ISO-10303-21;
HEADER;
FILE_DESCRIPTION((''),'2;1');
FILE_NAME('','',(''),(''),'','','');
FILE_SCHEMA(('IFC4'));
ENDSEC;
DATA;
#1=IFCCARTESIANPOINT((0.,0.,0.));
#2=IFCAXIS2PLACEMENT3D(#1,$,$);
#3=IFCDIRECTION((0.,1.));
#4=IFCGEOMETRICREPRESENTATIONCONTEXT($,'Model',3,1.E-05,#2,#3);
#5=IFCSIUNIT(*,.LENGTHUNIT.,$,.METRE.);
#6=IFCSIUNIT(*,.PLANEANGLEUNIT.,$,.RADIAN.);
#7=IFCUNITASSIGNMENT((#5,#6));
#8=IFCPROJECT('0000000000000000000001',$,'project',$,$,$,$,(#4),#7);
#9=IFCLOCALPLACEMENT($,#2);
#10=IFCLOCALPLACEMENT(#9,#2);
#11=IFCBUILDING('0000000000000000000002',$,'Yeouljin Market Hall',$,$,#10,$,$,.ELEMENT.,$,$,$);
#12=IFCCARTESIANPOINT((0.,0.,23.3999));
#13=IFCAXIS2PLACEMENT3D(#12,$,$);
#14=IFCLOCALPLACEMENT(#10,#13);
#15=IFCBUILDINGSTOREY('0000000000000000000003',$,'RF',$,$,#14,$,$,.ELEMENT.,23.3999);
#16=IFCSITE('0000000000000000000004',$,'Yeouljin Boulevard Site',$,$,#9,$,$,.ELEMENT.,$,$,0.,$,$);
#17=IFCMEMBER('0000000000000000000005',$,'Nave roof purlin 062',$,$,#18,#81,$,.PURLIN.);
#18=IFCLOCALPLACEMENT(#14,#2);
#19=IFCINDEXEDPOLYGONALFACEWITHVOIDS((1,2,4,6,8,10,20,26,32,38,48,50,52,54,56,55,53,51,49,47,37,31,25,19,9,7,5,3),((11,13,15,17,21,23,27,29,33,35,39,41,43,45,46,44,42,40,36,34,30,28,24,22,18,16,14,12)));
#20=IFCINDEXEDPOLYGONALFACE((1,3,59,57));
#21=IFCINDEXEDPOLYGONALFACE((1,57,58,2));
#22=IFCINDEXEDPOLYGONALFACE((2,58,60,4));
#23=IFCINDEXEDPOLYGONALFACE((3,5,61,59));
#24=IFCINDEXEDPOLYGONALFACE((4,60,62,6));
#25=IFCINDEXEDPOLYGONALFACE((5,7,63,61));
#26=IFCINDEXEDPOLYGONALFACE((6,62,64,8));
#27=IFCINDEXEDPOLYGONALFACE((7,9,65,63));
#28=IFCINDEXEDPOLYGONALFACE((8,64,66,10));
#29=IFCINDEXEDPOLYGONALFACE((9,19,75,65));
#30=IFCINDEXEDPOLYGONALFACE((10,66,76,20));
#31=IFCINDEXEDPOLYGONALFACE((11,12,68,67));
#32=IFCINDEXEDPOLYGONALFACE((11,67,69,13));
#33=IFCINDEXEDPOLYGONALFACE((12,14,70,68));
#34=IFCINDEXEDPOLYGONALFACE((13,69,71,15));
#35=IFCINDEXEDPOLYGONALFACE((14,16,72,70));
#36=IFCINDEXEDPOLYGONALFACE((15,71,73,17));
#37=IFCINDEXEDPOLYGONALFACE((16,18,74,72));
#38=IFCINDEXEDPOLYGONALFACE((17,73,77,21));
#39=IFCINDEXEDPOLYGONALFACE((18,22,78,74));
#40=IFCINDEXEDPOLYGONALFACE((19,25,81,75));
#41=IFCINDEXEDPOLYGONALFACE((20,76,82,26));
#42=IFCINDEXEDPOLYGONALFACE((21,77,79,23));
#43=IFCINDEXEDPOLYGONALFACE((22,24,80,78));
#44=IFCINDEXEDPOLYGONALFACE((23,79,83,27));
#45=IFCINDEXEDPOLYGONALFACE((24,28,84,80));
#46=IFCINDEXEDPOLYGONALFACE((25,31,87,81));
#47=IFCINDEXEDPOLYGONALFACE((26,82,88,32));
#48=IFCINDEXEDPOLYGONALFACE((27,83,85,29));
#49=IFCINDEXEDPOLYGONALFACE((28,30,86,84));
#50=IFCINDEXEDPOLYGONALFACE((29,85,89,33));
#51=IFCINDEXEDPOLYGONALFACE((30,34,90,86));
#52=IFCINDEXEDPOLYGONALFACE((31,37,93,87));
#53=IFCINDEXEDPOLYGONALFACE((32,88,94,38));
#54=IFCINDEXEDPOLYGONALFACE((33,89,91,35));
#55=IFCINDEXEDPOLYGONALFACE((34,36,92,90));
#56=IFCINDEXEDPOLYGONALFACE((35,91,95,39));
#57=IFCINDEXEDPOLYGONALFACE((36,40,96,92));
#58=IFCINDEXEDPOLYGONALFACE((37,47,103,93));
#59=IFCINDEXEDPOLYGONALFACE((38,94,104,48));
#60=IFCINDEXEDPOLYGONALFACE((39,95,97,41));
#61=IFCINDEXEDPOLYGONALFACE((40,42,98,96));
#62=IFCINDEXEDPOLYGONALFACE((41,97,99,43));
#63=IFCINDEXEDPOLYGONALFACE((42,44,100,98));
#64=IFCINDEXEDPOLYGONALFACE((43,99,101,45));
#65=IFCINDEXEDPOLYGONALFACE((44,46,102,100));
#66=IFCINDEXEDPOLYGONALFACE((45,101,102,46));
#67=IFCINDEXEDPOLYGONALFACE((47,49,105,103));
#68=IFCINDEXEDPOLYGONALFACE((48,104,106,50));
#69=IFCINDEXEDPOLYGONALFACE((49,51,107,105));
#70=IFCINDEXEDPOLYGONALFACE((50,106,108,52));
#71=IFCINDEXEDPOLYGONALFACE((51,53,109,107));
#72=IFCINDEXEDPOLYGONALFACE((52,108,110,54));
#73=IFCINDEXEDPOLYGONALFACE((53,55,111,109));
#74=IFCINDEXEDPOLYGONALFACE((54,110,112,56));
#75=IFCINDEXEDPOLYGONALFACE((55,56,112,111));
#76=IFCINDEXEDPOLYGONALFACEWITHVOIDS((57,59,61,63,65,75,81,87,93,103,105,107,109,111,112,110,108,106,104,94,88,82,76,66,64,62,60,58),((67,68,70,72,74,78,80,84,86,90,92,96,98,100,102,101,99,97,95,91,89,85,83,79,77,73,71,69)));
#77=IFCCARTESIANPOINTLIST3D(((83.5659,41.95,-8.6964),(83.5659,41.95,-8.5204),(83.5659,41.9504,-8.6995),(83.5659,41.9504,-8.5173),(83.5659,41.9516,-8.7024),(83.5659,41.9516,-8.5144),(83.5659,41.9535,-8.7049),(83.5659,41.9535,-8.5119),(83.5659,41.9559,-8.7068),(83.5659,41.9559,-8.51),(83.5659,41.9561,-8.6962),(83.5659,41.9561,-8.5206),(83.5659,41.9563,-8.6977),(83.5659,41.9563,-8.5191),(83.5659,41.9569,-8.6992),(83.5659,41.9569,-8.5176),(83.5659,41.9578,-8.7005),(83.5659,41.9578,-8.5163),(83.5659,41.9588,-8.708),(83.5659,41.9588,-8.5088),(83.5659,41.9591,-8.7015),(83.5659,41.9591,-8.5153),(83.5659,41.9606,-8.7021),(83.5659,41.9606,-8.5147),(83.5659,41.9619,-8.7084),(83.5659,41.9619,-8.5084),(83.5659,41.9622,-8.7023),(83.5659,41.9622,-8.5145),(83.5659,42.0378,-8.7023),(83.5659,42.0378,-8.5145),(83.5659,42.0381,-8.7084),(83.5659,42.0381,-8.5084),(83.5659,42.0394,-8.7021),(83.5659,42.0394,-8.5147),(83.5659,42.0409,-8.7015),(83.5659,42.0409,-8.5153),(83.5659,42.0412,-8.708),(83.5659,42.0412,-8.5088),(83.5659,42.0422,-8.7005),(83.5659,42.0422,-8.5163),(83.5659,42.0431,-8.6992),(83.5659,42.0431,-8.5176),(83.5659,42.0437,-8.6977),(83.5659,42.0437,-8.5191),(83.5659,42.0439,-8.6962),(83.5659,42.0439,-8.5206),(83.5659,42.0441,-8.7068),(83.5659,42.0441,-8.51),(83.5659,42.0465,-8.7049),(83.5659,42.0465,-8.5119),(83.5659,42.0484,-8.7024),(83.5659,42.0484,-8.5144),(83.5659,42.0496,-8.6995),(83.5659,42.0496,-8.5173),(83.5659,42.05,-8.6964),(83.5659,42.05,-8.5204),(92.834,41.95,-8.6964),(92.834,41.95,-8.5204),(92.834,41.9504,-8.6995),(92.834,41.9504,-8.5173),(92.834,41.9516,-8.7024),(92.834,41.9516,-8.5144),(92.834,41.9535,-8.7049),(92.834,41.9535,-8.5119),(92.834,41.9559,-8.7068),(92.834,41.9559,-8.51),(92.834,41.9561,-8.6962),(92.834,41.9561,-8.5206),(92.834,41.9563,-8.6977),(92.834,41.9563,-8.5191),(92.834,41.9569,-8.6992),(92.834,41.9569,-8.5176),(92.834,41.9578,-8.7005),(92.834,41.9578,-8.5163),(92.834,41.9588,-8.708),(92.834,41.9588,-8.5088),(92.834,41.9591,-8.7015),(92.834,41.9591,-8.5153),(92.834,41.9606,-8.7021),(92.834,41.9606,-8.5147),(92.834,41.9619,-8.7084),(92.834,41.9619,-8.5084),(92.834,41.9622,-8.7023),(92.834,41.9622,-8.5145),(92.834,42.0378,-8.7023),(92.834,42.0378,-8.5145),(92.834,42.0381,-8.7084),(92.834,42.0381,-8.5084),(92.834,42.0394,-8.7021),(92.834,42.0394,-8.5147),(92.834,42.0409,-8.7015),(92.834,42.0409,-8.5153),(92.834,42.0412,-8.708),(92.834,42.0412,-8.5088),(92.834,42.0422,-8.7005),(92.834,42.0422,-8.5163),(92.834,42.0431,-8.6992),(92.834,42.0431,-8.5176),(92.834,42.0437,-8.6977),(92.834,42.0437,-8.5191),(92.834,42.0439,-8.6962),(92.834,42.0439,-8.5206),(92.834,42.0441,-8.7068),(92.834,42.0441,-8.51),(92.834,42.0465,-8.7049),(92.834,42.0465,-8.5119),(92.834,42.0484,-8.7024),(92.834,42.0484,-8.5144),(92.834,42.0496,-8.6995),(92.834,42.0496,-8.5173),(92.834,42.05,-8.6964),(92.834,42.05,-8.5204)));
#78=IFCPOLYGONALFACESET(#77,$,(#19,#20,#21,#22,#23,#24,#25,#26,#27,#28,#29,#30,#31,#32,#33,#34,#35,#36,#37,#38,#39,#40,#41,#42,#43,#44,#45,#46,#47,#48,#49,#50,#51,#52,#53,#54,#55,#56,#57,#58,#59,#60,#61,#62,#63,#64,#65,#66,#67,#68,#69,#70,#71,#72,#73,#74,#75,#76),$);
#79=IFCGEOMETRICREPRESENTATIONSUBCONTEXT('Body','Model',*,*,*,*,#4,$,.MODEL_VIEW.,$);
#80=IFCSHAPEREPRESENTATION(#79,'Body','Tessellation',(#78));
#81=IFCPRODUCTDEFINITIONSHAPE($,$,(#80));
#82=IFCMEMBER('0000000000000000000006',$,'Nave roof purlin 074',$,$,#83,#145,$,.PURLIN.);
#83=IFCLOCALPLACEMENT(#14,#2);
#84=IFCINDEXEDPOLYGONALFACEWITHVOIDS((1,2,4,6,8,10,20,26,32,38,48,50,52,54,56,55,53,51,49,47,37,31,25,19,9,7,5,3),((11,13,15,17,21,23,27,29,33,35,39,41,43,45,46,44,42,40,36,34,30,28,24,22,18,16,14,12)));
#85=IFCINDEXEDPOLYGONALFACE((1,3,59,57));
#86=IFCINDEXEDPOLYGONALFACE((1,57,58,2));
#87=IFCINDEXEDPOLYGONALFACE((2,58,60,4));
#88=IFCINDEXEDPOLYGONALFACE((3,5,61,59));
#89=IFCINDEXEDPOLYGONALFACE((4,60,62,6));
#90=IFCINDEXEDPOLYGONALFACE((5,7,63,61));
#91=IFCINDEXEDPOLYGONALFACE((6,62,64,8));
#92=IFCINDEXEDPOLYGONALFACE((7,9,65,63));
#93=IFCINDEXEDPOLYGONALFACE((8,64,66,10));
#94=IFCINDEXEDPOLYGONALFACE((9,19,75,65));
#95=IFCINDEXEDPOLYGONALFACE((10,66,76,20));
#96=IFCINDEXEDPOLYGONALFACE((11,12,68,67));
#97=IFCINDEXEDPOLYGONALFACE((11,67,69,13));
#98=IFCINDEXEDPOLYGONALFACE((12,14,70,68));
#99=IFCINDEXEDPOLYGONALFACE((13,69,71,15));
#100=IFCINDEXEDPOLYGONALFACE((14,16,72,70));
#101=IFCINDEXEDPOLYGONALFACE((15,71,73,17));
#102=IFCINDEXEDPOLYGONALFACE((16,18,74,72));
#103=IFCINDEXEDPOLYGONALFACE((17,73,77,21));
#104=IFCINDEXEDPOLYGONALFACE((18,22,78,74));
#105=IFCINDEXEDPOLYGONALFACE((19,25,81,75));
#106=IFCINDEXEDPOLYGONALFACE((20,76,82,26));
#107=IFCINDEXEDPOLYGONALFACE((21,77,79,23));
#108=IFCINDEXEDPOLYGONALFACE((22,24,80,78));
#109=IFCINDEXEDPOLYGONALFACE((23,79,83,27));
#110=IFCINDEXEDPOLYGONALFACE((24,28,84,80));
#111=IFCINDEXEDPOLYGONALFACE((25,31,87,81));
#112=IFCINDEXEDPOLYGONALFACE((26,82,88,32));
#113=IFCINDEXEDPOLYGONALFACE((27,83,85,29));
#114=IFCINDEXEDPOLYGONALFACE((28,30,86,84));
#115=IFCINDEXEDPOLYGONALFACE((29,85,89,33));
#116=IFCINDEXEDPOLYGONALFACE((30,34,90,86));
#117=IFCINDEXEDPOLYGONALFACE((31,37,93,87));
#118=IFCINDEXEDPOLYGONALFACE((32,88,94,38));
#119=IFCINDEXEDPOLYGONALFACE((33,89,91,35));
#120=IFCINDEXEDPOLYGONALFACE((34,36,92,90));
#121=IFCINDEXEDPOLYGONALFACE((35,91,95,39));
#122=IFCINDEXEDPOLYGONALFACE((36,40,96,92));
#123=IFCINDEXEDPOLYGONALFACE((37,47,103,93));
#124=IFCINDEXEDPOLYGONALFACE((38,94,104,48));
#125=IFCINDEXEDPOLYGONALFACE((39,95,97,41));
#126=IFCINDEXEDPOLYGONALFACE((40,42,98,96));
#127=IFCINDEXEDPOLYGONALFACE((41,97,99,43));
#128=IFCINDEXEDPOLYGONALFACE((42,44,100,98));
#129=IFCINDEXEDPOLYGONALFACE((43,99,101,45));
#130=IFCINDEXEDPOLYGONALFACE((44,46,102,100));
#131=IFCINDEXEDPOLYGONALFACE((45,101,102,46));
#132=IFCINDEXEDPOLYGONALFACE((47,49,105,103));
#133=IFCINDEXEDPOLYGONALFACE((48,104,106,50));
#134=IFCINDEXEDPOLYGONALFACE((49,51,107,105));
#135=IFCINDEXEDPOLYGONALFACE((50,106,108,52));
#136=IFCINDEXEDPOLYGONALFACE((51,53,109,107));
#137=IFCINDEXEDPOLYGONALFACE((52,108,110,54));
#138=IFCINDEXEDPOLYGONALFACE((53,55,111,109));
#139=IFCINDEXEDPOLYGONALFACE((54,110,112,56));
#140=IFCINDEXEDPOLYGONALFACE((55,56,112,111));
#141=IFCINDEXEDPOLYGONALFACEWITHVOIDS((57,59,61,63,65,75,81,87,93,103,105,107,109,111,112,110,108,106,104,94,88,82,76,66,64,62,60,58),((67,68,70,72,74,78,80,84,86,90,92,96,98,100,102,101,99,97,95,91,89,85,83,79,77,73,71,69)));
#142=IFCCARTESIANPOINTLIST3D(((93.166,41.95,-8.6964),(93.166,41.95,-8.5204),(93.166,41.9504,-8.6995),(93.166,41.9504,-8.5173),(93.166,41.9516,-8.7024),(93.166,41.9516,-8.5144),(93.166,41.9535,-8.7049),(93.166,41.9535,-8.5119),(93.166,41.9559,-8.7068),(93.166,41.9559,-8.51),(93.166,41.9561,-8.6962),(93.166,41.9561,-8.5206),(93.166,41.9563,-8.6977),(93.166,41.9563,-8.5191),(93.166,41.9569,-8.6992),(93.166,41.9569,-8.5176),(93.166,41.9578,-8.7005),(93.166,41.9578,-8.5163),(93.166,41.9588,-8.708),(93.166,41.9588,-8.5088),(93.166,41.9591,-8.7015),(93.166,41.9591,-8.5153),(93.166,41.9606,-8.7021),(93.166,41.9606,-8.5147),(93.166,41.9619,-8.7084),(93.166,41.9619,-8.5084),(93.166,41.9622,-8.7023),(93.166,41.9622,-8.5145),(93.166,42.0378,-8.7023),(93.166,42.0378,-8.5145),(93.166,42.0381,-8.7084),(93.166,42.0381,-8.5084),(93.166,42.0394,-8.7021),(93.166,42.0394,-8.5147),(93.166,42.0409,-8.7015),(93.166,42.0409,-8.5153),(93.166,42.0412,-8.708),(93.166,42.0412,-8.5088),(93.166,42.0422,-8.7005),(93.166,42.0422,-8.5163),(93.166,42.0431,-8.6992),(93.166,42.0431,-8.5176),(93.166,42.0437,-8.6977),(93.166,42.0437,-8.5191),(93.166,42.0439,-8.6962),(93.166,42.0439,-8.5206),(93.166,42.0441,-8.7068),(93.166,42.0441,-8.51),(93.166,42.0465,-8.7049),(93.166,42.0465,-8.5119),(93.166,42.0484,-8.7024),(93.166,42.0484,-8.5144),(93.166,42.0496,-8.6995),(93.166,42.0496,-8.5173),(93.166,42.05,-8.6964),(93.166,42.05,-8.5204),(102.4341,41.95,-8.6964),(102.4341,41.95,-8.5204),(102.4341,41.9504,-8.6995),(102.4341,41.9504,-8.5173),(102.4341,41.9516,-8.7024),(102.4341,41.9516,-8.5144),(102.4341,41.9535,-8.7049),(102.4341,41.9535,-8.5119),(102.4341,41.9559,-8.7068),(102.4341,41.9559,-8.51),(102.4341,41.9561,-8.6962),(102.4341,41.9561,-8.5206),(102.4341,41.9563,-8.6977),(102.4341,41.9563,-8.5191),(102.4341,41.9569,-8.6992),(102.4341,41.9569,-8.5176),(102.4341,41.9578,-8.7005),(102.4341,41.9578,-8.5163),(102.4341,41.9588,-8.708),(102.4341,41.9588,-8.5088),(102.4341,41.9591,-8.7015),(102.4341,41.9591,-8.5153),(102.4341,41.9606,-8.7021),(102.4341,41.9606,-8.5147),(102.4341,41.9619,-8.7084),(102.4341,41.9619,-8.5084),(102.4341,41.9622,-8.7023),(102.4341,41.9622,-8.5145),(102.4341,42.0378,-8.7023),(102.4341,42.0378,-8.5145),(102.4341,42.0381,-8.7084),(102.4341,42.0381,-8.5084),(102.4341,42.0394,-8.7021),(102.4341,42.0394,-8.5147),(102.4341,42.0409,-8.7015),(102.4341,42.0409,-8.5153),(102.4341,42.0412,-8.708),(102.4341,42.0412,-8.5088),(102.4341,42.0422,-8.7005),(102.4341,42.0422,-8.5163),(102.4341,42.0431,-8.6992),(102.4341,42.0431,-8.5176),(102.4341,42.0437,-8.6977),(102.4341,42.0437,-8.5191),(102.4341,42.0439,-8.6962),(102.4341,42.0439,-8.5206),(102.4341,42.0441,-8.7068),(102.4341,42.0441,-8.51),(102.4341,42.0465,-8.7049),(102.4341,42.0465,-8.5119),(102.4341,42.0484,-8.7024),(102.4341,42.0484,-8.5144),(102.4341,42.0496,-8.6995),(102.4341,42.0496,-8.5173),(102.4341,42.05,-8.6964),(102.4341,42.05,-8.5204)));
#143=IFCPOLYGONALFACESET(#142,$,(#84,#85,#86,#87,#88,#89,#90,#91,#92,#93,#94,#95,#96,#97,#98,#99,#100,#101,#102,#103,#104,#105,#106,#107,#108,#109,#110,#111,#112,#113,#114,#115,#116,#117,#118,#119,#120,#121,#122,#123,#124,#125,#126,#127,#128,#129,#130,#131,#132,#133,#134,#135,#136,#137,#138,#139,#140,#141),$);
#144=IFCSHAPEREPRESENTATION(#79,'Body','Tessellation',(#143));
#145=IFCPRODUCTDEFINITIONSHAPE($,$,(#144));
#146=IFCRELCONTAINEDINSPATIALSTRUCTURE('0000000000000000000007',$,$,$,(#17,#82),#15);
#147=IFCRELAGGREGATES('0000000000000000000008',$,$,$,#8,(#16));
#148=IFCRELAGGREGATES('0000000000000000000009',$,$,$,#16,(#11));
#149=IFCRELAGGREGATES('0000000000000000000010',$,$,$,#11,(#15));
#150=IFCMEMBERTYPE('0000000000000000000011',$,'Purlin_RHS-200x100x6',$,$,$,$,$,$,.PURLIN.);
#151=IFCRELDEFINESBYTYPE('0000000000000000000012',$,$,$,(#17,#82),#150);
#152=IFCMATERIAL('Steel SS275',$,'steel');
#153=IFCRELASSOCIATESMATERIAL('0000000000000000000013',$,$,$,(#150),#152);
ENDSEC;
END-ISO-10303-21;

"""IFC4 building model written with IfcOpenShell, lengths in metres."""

from ifc_helpers import new_model, si_unit, direction, frame, origin, origin_2d, place, context, subcontext, project, spatial, hollow_rectangle, extrude, material, material_profile, profile_set, type_object, element, save


model = new_model("IFC4")

# Units and contexts
model_context = context("Model", 3, precision=1e-05, world=origin(), true_north=direction((0.0, 1.0)))
body_context = subcontext(model_context, "Body", "Model", "MODEL_VIEW")
ifc_project = project(units=[si_unit("LENGTHUNIT", "METRE"), si_unit("PLANEANGLEUNIT", "RADIAN")], contexts=[model_context])

# Site, building, storey
site_placement = place(None, origin())
site = spatial("IfcSite", under=ifc_project, at=site_placement, Name="Yeouljin Boulevard Site", CompositionType="ELEMENT", RefElevation=0.0)
building_placement = place(site_placement, origin())
building = spatial("IfcBuilding", under=site, at=building_placement, Name="Yeouljin Market Hall", CompositionType="ELEMENT")
storey_placement = place(building_placement, frame((0.0, 0.0, 23.3999)))
storey = spatial("IfcBuildingStorey", under=building, at=storey_placement, Name="RF", CompositionType="ELEMENT", Elevation=23.3999)

# Members
ifc_material_1 = material(Name="Steel SS275", Category="steel")
ifc_material_profile_1 = material_profile(ifc_material_1, hollow_rectangle(XDim=0.1001, YDim=0.2, WallThickness=0.0061, InnerFilletRadius=0.0061, OuterFilletRadius=0.012, at=origin_2d()), Name="RHS-200x100x6")
ifc_profile_set_1 = profile_set([ifc_material_profile_1], Name="Steel SS275")
member_type_1 = type_object("IfcMemberType", Name="Purlin_RHS-200x100x6", PredefinedType="PURLIN", material=ifc_profile_set_1)
for number, where, z_axis, x_axis, name in (
    (1, (83.5659, 42.0, -8.6084), (1.0, 0.0, 0.0), (0.0, 1.0, 0.0), "Nave roof purlin 062"),
    (2, (93.166, 42.0, -8.6084), (1.0, 0.0, 0.0), (0.0, 1.0, 0.0), "Nave roof purlin 074"),
):
    element("IfcMember", number, at=place(storey_placement, frame(where, z_axis=z_axis, x_axis=x_axis)), inside=storey, type_object=member_type_1, Name=name, PredefinedType="PURLIN", context=body_context, shape_type="SweptSolid", body=[
        extrude(hollow_rectangle(XDim=0.1001, YDim=0.2, WallThickness=0.0061, InnerFilletRadius=0.0061, OuterFilletRadius=0.012, at=origin_2d()), origin(), (0.0, 0.0, 1.0), 9.2681),
    ])

save(model, "model.ifc")
